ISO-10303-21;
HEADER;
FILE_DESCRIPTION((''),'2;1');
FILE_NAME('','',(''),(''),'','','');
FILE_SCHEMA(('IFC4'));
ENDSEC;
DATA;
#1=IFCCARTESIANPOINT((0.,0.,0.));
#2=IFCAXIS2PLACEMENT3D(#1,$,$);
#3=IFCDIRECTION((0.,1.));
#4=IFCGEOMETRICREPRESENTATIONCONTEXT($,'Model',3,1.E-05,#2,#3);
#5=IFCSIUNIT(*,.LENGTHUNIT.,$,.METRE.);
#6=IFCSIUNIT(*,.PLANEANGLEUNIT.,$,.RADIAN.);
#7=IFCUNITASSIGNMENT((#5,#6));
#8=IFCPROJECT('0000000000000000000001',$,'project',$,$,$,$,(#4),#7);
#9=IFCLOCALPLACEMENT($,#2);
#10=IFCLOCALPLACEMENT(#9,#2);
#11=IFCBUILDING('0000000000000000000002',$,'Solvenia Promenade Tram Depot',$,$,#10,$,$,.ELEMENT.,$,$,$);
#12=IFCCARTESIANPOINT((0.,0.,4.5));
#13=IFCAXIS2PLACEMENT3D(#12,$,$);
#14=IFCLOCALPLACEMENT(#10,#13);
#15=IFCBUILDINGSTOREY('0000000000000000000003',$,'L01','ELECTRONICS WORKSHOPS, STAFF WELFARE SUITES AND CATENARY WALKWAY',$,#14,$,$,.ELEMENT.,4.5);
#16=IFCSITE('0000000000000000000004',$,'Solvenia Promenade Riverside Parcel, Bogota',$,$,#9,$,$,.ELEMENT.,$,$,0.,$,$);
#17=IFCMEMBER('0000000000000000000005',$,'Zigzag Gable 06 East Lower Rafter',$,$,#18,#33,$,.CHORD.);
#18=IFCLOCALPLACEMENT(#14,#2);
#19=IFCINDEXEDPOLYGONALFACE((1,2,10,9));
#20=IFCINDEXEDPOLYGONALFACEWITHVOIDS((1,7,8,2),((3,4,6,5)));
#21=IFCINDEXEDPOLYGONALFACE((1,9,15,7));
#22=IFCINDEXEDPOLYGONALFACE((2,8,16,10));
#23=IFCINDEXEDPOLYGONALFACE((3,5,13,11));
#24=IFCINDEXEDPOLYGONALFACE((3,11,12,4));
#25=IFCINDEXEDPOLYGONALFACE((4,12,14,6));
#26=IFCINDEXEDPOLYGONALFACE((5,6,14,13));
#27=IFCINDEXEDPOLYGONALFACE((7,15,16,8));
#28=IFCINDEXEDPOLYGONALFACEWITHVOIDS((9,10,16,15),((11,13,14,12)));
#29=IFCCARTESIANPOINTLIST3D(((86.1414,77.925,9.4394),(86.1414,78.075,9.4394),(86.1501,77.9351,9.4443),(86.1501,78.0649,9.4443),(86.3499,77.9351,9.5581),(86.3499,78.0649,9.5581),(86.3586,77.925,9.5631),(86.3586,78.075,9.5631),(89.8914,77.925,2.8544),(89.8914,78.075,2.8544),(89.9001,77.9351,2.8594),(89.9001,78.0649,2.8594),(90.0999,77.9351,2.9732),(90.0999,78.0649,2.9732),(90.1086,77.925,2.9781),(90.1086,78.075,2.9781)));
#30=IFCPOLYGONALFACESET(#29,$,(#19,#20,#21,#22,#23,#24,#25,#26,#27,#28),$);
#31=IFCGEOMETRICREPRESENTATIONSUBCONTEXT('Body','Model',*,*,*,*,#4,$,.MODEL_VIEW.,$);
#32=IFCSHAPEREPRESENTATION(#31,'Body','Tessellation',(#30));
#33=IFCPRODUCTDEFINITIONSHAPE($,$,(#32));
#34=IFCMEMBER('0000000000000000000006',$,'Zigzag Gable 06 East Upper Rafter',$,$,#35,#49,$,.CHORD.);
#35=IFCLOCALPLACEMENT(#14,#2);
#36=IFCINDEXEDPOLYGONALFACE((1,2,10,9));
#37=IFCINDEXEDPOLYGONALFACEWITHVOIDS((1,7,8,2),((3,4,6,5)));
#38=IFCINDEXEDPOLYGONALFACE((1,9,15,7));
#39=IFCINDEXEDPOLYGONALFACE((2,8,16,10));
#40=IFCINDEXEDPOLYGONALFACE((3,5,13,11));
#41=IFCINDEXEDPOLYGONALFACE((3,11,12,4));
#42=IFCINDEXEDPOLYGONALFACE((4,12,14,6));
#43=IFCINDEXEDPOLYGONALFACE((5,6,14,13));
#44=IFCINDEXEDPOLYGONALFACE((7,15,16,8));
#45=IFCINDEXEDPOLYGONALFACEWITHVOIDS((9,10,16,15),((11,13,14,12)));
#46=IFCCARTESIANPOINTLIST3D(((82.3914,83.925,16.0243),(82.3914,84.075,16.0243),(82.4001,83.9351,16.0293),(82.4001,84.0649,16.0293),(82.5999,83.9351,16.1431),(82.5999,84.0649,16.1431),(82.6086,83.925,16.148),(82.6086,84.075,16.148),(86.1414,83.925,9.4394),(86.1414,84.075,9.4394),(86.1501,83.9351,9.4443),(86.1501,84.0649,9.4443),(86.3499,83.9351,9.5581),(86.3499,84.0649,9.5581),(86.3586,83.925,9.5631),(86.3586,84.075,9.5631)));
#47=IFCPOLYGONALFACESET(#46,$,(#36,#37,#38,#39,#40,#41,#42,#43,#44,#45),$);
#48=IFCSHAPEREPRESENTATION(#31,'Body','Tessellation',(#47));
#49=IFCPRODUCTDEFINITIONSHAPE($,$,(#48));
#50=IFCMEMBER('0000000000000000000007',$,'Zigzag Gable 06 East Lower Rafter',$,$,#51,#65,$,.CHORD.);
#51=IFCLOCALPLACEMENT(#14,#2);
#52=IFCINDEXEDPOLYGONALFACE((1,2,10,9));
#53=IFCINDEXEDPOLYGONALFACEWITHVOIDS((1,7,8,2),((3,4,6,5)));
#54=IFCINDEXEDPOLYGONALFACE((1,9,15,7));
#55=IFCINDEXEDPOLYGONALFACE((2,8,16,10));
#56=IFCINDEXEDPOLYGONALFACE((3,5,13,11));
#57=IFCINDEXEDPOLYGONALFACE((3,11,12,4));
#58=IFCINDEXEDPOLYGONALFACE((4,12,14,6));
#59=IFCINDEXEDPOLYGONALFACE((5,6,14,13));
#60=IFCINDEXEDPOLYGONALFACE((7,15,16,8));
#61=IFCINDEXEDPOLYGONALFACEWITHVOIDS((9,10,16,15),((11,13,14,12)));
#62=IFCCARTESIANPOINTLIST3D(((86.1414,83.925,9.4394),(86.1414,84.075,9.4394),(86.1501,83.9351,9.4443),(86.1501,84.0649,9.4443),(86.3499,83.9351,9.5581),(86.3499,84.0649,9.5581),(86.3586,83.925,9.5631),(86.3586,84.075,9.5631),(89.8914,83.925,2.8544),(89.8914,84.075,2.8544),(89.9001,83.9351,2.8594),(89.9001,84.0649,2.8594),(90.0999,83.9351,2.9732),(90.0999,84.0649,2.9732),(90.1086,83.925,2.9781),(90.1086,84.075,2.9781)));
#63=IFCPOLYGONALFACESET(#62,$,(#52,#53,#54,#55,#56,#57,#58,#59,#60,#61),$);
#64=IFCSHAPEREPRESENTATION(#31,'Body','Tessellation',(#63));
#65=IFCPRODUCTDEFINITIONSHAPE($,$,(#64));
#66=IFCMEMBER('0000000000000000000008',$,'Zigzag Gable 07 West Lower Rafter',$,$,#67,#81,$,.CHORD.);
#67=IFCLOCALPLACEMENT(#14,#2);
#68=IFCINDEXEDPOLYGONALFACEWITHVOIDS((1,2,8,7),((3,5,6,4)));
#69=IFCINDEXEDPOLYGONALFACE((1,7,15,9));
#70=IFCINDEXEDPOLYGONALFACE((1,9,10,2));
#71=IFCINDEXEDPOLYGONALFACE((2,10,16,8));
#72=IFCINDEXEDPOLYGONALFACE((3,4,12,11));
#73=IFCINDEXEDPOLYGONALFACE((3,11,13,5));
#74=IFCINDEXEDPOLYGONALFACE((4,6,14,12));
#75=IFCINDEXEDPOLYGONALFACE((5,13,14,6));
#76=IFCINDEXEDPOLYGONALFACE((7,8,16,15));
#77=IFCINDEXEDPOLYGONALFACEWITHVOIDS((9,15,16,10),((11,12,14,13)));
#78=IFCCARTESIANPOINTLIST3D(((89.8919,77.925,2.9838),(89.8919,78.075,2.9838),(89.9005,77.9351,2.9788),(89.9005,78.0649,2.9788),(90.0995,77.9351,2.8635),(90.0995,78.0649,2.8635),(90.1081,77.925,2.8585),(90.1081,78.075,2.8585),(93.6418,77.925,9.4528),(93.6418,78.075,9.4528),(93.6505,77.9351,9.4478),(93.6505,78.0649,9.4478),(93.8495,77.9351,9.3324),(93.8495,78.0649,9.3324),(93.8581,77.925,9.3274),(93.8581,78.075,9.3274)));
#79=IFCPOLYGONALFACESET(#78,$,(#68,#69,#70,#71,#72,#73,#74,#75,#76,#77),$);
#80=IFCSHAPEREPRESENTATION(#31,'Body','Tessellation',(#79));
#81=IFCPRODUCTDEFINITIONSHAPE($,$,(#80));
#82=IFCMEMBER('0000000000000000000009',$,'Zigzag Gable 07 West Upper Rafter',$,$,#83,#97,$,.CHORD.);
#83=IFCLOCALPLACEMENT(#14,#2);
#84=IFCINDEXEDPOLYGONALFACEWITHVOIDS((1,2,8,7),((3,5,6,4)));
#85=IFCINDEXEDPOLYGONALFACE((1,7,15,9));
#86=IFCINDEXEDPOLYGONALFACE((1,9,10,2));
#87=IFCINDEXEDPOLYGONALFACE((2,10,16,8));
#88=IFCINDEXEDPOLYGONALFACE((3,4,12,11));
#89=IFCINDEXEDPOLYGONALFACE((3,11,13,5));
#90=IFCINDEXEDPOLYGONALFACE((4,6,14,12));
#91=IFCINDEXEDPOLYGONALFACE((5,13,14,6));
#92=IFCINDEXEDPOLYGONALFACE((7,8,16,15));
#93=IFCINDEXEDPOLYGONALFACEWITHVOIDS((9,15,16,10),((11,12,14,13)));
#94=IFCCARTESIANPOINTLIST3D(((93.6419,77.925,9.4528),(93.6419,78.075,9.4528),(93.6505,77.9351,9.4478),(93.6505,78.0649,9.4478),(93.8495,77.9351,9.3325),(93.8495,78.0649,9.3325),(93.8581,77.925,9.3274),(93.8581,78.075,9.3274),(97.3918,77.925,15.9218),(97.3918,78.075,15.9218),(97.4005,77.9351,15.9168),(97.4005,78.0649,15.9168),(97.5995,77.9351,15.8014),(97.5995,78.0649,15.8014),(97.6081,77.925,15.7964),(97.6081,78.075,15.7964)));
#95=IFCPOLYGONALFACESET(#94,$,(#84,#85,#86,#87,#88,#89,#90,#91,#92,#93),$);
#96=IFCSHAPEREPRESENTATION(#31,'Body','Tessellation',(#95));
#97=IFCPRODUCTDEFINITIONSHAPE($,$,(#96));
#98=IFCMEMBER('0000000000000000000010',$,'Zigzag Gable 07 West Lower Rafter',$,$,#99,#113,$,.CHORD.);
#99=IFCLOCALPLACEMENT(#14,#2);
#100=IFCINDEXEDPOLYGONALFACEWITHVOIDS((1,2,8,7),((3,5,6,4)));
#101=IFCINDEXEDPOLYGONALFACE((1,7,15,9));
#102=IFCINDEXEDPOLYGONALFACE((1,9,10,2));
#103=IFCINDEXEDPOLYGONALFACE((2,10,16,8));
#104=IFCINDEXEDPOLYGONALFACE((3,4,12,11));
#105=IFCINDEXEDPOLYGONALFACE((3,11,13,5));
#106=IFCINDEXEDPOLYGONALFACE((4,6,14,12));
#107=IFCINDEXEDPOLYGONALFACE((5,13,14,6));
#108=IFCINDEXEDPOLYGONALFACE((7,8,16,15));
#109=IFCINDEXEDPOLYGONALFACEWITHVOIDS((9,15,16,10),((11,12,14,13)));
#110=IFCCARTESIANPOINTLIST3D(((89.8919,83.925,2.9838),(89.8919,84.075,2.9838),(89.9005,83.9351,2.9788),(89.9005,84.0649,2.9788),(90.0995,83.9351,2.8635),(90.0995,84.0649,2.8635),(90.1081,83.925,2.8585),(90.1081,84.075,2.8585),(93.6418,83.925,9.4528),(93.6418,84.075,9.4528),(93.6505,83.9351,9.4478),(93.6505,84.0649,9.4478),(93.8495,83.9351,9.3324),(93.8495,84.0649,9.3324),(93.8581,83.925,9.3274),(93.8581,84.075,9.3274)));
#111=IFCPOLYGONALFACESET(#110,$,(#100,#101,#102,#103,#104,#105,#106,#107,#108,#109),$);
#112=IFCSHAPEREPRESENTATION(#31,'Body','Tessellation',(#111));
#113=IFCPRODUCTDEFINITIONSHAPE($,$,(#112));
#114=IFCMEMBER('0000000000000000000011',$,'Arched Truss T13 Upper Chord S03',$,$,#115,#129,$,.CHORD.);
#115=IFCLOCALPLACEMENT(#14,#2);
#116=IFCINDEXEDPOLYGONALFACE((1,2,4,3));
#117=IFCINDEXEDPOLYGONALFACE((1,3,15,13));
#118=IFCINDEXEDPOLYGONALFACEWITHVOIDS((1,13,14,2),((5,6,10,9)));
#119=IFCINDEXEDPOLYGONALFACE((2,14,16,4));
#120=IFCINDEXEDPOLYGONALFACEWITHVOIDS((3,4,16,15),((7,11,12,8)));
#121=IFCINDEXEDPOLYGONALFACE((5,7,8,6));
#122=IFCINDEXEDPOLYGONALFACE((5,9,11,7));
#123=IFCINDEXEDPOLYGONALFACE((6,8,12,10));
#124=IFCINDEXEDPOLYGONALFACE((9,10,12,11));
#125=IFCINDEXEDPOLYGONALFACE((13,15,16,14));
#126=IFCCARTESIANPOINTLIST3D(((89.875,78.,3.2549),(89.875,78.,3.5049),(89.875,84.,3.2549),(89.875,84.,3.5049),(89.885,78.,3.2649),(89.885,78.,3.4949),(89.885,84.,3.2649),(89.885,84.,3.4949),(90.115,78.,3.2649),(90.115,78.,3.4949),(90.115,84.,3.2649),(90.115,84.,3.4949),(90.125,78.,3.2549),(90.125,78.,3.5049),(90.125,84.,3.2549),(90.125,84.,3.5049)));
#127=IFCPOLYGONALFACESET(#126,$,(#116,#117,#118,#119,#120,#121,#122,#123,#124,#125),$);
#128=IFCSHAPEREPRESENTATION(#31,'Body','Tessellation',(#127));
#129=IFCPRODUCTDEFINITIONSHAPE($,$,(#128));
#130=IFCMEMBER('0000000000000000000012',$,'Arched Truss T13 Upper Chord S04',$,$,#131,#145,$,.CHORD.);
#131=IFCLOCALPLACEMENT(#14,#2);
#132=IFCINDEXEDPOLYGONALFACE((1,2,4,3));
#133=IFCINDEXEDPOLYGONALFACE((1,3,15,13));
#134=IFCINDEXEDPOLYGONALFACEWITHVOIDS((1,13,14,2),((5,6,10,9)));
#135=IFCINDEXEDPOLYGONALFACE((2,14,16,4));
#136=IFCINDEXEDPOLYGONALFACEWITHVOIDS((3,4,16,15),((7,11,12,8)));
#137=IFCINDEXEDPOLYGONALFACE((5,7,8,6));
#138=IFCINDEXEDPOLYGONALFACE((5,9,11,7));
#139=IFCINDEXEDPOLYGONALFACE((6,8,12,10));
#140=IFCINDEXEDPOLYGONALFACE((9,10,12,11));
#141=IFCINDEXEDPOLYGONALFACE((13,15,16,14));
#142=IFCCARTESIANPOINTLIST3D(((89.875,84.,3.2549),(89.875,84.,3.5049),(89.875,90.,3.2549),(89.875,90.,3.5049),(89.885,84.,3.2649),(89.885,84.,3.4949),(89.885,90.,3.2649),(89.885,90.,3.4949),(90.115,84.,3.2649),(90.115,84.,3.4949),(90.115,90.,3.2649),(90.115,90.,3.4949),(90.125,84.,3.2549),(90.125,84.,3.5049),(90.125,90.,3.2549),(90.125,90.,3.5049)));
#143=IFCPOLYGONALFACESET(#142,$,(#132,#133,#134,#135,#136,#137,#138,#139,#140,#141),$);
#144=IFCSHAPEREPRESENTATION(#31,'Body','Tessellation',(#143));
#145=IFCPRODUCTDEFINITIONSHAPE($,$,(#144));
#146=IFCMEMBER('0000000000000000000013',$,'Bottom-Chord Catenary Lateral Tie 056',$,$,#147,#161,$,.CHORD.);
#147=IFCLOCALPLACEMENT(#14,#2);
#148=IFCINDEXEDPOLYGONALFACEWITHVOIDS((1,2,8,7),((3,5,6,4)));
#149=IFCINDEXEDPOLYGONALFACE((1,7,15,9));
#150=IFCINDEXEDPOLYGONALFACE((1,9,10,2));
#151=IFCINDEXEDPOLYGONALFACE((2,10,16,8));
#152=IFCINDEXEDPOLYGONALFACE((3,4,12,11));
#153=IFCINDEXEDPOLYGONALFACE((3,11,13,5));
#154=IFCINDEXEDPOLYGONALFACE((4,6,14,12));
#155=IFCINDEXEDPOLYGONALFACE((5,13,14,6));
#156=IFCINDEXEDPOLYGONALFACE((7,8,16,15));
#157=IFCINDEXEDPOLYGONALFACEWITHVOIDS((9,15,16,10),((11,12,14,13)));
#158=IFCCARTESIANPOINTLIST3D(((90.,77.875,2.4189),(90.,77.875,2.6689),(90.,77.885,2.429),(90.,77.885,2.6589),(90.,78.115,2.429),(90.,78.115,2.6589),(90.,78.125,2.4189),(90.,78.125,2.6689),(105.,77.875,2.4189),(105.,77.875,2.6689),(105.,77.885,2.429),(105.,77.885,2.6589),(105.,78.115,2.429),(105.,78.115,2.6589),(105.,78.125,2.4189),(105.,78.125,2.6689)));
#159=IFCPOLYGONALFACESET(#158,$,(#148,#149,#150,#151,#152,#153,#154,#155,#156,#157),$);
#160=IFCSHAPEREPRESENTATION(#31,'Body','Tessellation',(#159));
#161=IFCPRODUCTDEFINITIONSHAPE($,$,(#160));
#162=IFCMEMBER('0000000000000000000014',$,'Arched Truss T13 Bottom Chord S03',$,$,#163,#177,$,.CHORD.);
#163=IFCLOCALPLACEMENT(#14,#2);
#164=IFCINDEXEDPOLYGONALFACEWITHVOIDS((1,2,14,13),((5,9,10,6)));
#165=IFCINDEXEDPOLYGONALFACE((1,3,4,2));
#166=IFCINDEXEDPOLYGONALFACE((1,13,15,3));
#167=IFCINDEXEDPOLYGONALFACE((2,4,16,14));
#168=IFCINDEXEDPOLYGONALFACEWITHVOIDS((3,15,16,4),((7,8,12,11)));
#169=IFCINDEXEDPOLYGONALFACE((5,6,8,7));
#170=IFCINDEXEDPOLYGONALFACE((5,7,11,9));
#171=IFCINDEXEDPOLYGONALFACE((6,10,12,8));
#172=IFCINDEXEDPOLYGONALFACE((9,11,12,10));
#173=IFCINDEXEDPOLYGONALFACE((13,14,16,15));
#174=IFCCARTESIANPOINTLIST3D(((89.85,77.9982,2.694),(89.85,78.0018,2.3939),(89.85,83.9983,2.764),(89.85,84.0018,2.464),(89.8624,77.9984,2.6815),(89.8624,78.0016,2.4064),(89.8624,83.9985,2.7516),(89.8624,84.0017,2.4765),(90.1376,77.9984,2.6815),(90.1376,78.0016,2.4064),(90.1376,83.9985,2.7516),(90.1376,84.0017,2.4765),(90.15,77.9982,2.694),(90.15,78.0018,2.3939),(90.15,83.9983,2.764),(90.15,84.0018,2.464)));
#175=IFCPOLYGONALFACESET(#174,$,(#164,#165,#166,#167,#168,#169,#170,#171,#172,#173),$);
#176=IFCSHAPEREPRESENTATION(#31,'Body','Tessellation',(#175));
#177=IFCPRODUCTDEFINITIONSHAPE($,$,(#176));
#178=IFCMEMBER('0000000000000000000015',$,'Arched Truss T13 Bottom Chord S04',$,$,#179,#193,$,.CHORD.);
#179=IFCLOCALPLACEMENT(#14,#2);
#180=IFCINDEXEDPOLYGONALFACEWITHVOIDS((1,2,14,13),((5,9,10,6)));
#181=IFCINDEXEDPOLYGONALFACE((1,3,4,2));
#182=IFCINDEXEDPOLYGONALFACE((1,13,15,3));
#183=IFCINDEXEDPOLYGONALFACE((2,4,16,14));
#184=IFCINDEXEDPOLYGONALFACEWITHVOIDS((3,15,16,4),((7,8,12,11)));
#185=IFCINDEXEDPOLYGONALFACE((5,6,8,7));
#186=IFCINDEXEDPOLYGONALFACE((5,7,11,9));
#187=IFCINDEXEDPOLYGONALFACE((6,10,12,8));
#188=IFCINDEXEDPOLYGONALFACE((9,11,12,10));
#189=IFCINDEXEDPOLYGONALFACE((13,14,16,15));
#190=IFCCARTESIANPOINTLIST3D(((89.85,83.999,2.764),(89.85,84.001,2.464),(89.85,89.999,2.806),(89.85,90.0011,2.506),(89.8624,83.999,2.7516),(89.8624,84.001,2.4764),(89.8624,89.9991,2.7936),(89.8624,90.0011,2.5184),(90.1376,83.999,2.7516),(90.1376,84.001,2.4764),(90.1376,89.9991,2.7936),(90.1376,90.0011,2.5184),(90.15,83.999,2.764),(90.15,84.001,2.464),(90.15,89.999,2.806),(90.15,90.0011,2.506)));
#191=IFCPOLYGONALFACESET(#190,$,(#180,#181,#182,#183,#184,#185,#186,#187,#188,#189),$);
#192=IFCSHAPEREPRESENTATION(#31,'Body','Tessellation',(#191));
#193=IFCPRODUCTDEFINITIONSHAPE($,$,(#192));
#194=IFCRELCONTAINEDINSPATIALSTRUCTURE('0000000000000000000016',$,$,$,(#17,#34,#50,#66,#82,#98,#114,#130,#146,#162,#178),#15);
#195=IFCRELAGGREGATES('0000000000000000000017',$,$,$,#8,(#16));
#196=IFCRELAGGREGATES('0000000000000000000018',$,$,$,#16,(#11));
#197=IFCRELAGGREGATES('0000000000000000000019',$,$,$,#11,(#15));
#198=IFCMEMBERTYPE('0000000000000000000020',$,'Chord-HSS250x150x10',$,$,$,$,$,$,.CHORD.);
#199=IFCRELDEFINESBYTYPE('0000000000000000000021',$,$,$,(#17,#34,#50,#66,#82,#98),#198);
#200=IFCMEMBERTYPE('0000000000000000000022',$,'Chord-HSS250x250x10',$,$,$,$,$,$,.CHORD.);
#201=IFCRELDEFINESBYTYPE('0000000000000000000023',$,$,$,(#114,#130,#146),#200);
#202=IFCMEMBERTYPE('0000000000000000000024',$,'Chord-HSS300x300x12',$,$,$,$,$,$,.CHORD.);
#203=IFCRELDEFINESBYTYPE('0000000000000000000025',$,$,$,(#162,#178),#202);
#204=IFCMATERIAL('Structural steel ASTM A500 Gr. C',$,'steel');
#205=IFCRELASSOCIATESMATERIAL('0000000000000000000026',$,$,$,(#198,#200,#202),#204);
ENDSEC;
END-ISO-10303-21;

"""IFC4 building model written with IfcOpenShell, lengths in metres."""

from ifc_helpers import new_model, si_unit, direction, frame, origin, origin_2d, place, context, subcontext, project, spatial, hollow_rectangle, extrude, material, material_profile, profile_set, type_object, element, save


model = new_model("IFC4")

# Units and contexts
model_context = context("Model", 3, precision=1e-05, world=origin(), true_north=direction((0.0, 1.0)))
body_context = subcontext(model_context, "Body", "Model", "MODEL_VIEW")
ifc_project = project(units=[si_unit("LENGTHUNIT", "METRE"), si_unit("PLANEANGLEUNIT", "RADIAN")], contexts=[model_context])

# Site, building, storey
site_placement = place(None, origin())
site = spatial("IfcSite", under=ifc_project, at=site_placement, Name="Solvenia Promenade Riverside Parcel, Bogota", CompositionType="ELEMENT", RefElevation=0.0)
building_placement = place(site_placement, origin())
building = spatial("IfcBuilding", under=site, at=building_placement, Name="Solvenia Promenade Tram Depot", CompositionType="ELEMENT")
storey_placement = place(building_placement, frame((0.0, 0.0, 4.5)))
storey = spatial("IfcBuildingStorey", under=building, at=storey_placement, Name="L01", Description="ELECTRONICS WORKSHOPS, STAFF WELFARE SUITES AND CATENARY WALKWAY", CompositionType="ELEMENT", Elevation=4.5)

# Members
ifc_material_1 = material(Name="Structural steel ASTM A500 Gr. C", Category="steel")
ifc_material_profile_1 = material_profile(ifc_material_1, hollow_rectangle(XDim=0.1499, YDim=0.25, WallThickness=0.01, at=origin_2d()), Name="HSS250x150x10", Category="steel")
ifc_profile_set_1 = profile_set([ifc_material_profile_1], Name="Structural steel ASTM A500 Gr. C")
member_type_1 = type_object("IfcMemberType", Name="Chord-HSS250x150x10", PredefinedType="CHORD", material=ifc_profile_set_1)
for number, where, z_axis, x_axis, name in (
    (1, (86.25, 78.0, 9.5012), (0.494862, 0.0, -0.868972), (0.0, 1.0, 0.0), "Zigzag Gable 06 East Lower Rafter"),
    (2, (82.5, 84.0, 16.0862), (0.494862, 0.0, -0.868972), (0.0, 1.0, 0.0), "Zigzag Gable 06 East Upper Rafter"),
    (3, (86.25, 84.0, 9.5012), (0.494862, 0.0, -0.868972), (0.0, 1.0, 0.0), "Zigzag Gable 06 East Lower Rafter"),
):
    element("IfcMember", number, at=place(storey_placement, frame(where, z_axis=z_axis, x_axis=x_axis)), inside=storey, type_object=member_type_1, Name=name, PredefinedType="CHORD", context=body_context, shape_type="SweptSolid", body=[
        extrude(hollow_rectangle(XDim=0.1499, YDim=0.25, WallThickness=0.01, at=origin_2d()), origin(), (0.0, 0.0, 1.0), 7.5779),
    ])
for number, where, z_axis, x_axis, name in (
    (4, (90.0, 78.0, 2.9211), (0.501516, 0.0, 0.865148), (0.0, 1.0, 0.0), "Zigzag Gable 07 West Lower Rafter"),
    (5, (93.75, 78.0, 9.3901), (0.501516, 0.0, 0.865148), (0.0, 1.0, 0.0), "Zigzag Gable 07 West Upper Rafter"),
    (6, (90.0, 84.0, 2.9211), (0.501516, 0.0, 0.865148), (0.0, 1.0, 0.0), "Zigzag Gable 07 West Lower Rafter"),
):
    element("IfcMember", number, at=place(storey_placement, frame(where, z_axis=z_axis, x_axis=x_axis)), inside=storey, type_object=member_type_1, Name=name, PredefinedType="CHORD", context=body_context, shape_type="SweptSolid", body=[
        extrude(hollow_rectangle(XDim=0.1499, YDim=0.25, WallThickness=0.01, at=origin_2d()), origin(), (0.0, 0.0, 1.0), 7.4773),
    ])
ifc_material_profile_2 = material_profile(ifc_material_1, hollow_rectangle(XDim=0.25, YDim=0.25, WallThickness=0.01, at=origin_2d()), Name="HSS250x250x10", Category="steel")
ifc_profile_set_2 = profile_set([ifc_material_profile_2], Name="Structural steel ASTM A500 Gr. C")
member_type_2 = type_object("IfcMemberType", Name="Chord-HSS250x250x10", PredefinedType="CHORD", material=ifc_profile_set_2)
for number, where, z_axis, x_axis, name in (
    (7, (90.0, 78.0, 3.3799), (0.0, 1.0, 0.0), (-1.0, 0.0, 0.0), "Arched Truss T13 Upper Chord S03"),
    (8, (90.0, 84.0, 3.3799), (0.0, 1.0, 0.0), (-1.0, 0.0, 0.0), "Arched Truss T13 Upper Chord S04"),
):
    element("IfcMember", number, at=place(storey_placement, frame(where, z_axis=z_axis, x_axis=x_axis)), inside=storey, type_object=member_type_2, Name=name, PredefinedType="CHORD", context=body_context, shape_type="SweptSolid", body=[
        extrude(hollow_rectangle(XDim=0.25, YDim=0.25, WallThickness=0.01, at=origin_2d()), origin(), (0.0, 0.0, 1.0), 6.0),
    ])
member_1_placement = place(storey_placement, frame((90.0, 78.0, 2.5439), z_axis=(1.0, 0.0, 0.0), x_axis=(0.0, 1.0, 0.0)))
element("IfcMember", 9, at=member_1_placement, inside=storey, type_object=member_type_2, Name="Bottom-Chord Catenary Lateral Tie 056", PredefinedType="CHORD", context=body_context, shape_type="SweptSolid", body=[
    extrude(hollow_rectangle(XDim=0.25, YDim=0.25, WallThickness=0.01, at=origin_2d()), origin(), (0.0, 0.0, 1.0), 15.0),
])
ifc_material_profile_3 = material_profile(ifc_material_1, hollow_rectangle(XDim=0.3, YDim=0.3, WallThickness=0.0125, at=origin_2d()), Name="HSS300x300x12.5", Category="steel")
ifc_profile_set_3 = profile_set([ifc_material_profile_3], Name="Structural steel ASTM A500 Gr. C")
member_type_3 = type_object("IfcMemberType", Name="Chord-HSS300x300x12", PredefinedType="CHORD", material=ifc_profile_set_3)
member_2_placement = place(storey_placement, frame((90.0, 78.0, 2.5439), z_axis=(0.0, 0.999932, 0.011677), x_axis=(-1.0, 0.0, 0.0)))
element("IfcMember", 10, at=member_2_placement, inside=storey, type_object=member_type_3, Name="Arched Truss T13 Bottom Chord S03", PredefinedType="CHORD", context=body_context, shape_type="SweptSolid", body=[
    extrude(hollow_rectangle(XDim=0.3, YDim=0.3, WallThickness=0.0125, at=origin_2d()), origin(), (0.0, 0.0, 1.0), 6.0005),
])
member_3_placement = place(storey_placement, frame((90.0, 84.0, 2.614), z_axis=(0.0, 0.999976, 0.006999), x_axis=(-1.0, 0.0, 0.0)))
element("IfcMember", 11, at=member_3_placement, inside=storey, type_object=member_type_3, Name="Arched Truss T13 Bottom Chord S04", PredefinedType="CHORD", context=body_context, shape_type="SweptSolid", body=[
    extrude(hollow_rectangle(XDim=0.3, YDim=0.3, WallThickness=0.0125, at=origin_2d()), origin(), (0.0, 0.0, 1.0), 6.0002),
])

save(model, "model.ifc")
